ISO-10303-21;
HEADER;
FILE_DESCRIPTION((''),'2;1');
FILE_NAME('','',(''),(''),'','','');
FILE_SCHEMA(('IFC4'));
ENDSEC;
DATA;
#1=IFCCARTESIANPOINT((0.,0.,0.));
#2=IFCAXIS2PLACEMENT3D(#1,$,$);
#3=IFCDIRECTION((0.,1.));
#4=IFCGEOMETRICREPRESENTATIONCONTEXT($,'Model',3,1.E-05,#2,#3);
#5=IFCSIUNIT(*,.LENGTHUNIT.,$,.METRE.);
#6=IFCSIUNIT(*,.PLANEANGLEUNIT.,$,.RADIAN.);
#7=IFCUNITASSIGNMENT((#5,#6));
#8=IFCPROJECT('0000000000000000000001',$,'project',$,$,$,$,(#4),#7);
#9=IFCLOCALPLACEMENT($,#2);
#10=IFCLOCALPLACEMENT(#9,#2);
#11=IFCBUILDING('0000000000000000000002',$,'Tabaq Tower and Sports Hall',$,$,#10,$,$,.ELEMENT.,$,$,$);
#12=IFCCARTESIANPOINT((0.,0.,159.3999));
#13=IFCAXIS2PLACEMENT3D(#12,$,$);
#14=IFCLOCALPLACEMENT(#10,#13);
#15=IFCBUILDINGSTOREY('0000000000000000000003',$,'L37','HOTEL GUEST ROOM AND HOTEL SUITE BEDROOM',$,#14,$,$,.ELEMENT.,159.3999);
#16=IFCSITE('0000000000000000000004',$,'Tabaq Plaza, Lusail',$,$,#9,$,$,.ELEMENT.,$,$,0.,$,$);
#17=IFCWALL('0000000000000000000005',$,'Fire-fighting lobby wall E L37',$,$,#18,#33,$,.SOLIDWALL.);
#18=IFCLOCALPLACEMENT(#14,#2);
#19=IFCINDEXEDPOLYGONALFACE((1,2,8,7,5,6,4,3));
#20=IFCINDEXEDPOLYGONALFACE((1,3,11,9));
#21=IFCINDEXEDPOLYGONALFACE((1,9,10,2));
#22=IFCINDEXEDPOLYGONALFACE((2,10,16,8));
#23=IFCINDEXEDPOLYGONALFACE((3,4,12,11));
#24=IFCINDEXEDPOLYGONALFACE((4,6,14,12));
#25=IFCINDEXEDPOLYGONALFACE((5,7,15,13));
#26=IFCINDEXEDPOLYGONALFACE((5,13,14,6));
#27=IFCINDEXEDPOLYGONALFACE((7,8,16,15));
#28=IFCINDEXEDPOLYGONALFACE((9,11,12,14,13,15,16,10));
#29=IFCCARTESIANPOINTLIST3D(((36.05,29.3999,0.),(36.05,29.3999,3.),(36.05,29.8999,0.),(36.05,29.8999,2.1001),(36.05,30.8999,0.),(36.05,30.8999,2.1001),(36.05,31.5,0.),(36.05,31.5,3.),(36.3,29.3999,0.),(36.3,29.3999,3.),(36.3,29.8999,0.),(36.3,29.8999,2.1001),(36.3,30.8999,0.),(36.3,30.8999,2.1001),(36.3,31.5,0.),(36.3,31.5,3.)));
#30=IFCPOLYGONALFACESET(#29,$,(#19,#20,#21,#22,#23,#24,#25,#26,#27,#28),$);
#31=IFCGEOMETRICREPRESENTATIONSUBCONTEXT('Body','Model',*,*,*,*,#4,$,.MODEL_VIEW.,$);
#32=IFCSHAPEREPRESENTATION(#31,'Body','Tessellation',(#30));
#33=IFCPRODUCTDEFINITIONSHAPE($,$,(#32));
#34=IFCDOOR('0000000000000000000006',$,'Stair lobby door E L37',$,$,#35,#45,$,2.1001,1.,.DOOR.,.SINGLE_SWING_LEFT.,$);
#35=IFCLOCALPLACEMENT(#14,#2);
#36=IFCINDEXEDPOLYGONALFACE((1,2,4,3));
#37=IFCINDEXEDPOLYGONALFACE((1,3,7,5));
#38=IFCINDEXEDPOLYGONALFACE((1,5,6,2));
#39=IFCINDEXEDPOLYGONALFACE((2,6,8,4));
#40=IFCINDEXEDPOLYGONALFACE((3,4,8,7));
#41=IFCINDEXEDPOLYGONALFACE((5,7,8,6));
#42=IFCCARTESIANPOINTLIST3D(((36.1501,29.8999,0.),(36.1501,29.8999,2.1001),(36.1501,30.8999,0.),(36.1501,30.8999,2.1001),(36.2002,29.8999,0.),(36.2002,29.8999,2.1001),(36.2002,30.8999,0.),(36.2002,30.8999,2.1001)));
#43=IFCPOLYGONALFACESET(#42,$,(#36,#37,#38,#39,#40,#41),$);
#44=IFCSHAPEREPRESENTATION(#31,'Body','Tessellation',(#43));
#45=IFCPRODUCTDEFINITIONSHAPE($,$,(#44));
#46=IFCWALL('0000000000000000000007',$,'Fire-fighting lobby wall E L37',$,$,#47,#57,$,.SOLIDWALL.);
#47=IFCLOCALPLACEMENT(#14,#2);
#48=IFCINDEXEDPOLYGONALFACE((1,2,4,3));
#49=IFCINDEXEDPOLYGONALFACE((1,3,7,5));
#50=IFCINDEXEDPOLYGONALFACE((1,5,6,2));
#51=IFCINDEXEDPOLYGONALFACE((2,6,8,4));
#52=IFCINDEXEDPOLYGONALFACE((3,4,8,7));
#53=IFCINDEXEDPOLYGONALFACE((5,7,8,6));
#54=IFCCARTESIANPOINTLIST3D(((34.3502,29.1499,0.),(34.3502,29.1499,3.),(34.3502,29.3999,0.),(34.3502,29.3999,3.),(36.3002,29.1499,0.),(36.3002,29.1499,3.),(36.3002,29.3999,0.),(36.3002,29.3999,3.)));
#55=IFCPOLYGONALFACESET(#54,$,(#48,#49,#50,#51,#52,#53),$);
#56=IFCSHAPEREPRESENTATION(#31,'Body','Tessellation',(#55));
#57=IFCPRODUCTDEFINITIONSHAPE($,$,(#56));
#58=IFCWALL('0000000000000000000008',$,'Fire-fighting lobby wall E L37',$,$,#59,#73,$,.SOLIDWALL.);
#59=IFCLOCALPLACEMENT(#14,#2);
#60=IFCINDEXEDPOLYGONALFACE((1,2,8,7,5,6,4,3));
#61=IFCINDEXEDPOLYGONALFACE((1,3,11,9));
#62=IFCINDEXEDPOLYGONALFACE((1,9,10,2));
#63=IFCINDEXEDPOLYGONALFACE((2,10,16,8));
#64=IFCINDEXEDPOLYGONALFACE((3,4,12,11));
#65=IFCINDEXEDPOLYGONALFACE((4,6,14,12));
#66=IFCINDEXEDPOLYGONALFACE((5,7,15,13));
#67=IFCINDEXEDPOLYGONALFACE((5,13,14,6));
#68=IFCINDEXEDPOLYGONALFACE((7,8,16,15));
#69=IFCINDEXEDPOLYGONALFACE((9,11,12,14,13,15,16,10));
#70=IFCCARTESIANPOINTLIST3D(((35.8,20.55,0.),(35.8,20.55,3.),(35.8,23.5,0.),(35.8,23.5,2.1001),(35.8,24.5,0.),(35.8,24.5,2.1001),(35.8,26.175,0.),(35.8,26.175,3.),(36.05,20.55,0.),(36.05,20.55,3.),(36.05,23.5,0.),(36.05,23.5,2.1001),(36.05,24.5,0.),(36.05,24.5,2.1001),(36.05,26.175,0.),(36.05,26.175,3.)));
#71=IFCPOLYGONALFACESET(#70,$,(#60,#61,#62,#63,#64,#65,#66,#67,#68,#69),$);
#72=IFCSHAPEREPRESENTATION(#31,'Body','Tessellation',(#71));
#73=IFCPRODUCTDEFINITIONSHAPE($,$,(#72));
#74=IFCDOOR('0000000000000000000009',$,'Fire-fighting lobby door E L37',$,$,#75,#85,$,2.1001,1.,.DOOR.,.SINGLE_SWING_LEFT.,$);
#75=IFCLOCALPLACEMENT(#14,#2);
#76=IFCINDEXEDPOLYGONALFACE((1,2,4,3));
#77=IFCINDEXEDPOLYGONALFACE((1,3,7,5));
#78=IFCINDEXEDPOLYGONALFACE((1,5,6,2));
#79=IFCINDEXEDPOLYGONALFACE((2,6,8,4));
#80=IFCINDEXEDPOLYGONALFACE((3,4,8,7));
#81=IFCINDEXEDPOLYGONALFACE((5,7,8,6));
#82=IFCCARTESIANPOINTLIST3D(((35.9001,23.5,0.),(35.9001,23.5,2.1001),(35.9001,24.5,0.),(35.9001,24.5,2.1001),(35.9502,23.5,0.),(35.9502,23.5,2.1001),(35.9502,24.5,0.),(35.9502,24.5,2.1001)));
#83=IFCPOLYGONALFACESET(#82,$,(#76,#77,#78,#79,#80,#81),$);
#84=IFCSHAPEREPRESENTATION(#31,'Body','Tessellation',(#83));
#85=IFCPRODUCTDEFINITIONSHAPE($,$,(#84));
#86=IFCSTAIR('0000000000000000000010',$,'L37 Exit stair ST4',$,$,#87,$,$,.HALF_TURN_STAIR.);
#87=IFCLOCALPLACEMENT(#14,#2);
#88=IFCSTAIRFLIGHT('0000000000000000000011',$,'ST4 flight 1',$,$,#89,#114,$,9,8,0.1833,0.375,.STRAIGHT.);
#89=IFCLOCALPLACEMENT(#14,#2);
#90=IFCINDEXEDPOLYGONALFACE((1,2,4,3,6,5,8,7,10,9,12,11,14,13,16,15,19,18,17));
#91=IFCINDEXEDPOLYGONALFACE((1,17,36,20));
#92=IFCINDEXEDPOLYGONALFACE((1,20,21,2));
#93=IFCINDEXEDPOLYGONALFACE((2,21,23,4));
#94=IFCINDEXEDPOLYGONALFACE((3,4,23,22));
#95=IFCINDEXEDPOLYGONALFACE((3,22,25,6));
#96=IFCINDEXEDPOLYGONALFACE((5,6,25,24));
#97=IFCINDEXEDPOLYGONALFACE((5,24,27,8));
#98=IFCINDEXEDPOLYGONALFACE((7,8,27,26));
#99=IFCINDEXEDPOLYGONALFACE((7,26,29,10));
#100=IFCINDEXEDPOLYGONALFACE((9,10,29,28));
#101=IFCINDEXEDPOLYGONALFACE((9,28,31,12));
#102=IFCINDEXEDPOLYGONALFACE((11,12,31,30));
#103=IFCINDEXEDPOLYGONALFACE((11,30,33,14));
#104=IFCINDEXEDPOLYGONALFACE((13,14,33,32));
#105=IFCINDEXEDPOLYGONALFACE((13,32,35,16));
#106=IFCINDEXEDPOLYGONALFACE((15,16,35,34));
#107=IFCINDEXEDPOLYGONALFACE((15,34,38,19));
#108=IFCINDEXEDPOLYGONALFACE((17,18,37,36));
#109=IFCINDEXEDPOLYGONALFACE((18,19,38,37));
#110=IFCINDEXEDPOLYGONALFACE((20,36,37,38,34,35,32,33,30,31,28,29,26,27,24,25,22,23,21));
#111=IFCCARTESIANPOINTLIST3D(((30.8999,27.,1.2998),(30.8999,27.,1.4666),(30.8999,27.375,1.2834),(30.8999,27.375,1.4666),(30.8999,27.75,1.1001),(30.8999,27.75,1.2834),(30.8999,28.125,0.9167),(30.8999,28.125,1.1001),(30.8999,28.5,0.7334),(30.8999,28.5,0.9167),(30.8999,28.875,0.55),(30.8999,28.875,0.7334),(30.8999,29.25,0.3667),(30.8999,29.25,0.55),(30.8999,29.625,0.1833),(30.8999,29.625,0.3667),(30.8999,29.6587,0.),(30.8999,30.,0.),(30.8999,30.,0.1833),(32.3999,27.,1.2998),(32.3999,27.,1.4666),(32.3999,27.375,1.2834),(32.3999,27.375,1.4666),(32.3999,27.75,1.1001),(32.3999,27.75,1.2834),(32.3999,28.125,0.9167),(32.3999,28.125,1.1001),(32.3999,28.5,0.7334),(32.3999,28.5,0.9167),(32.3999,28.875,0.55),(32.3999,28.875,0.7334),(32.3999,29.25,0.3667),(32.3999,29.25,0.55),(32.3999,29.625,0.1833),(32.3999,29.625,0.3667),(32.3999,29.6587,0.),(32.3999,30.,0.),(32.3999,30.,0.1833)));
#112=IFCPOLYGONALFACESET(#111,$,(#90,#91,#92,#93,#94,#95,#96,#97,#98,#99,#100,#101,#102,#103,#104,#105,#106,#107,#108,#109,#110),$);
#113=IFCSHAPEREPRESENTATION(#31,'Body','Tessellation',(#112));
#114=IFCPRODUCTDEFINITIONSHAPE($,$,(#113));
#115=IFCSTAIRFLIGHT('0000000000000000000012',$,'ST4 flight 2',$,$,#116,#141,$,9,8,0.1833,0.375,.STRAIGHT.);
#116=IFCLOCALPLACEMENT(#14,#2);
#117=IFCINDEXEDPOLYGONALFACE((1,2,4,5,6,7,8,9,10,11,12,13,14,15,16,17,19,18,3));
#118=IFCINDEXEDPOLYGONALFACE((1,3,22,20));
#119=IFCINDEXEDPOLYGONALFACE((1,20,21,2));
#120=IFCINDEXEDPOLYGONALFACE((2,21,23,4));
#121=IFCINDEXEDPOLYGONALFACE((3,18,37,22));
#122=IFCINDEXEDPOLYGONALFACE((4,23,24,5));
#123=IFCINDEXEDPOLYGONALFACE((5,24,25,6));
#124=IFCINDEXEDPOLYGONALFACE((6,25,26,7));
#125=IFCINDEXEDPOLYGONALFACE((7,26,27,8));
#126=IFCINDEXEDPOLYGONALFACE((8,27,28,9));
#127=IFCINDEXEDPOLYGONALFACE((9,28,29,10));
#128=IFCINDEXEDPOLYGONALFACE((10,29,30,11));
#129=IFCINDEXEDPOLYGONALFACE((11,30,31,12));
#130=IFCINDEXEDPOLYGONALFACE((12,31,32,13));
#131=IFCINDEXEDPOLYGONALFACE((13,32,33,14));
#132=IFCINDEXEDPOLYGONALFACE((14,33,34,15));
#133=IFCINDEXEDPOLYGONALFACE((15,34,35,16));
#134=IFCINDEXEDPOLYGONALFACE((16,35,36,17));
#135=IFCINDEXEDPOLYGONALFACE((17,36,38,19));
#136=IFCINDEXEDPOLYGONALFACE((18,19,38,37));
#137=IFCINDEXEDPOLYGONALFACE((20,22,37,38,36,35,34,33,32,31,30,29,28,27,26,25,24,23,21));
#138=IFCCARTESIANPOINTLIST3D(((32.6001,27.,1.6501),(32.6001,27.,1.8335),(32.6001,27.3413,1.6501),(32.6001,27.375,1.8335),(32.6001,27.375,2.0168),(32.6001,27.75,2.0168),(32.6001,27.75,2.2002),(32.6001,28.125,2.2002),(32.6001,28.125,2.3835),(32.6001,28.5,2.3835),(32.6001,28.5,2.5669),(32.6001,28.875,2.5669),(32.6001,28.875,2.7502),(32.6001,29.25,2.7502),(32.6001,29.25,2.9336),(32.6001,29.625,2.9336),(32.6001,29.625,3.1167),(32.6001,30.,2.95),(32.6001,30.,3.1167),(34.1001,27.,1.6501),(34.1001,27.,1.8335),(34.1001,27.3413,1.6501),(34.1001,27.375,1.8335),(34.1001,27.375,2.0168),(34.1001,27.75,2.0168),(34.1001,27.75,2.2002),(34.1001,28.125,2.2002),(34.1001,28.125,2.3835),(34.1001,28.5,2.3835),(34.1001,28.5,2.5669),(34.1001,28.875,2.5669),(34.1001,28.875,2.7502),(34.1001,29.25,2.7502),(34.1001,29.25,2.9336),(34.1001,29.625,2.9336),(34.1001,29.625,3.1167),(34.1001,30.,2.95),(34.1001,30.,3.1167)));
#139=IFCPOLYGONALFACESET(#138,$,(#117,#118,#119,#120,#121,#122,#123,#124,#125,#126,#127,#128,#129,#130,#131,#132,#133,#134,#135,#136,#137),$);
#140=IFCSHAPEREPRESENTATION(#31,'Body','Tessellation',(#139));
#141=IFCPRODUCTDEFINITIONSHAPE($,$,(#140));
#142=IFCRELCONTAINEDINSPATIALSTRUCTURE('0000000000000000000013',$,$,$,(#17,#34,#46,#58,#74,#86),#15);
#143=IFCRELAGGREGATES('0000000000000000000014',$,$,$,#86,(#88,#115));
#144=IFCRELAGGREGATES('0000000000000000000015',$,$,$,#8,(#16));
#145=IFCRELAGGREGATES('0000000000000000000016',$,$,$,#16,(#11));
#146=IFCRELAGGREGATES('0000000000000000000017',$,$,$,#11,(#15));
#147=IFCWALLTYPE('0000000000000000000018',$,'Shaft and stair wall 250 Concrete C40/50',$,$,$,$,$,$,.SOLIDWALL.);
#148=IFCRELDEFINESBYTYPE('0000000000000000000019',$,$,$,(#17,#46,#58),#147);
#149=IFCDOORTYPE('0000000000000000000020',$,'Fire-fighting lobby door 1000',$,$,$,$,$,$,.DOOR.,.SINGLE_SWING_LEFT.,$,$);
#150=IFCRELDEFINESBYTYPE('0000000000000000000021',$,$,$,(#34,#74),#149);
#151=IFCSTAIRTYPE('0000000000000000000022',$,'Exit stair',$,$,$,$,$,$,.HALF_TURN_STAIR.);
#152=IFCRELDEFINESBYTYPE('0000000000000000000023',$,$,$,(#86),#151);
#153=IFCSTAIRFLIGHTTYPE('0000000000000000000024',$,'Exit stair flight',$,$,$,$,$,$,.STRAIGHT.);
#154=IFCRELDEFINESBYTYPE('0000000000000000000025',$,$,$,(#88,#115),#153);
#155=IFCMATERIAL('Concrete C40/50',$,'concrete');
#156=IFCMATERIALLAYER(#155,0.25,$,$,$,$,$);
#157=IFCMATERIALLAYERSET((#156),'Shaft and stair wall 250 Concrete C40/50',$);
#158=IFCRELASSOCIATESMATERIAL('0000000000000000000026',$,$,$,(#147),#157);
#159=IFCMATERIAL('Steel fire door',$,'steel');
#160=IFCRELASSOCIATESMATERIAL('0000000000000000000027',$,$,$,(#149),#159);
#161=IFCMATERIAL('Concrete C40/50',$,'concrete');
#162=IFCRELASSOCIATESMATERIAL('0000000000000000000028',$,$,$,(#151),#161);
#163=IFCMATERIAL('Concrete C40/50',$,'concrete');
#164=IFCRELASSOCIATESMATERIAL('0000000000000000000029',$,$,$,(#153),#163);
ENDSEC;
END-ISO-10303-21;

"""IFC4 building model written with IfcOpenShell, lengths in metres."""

from ifc_helpers import new_model, si_unit, direction, frame, frame_2d, origin, place, context, subcontext, project, spatial, polyline, rectangle, outline, extrude, material, layer, layer_set, type_object, element, fill, aggregate, save


model = new_model("IFC4")

# Units and contexts
model_context = context("Model", 3, precision=1e-05, world=origin(), true_north=direction((0.0, 1.0)))
body_context = subcontext(model_context, "Body", "Model", "MODEL_VIEW")
ifc_project = project(units=[si_unit("LENGTHUNIT", "METRE"), si_unit("PLANEANGLEUNIT", "RADIAN")], contexts=[model_context])

# Site, building, storey
site_placement = place(None, origin())
site = spatial("IfcSite", under=ifc_project, at=site_placement, Name="Tabaq Plaza, Lusail", CompositionType="ELEMENT", RefElevation=0.0)
building_placement = place(site_placement, origin())
building = spatial("IfcBuilding", under=site, at=building_placement, Name="Tabaq Tower and Sports Hall", CompositionType="ELEMENT")
storey_placement = place(building_placement, frame((0.0, 0.0, 159.3999)))
storey = spatial("IfcBuildingStorey", under=building, at=storey_placement, Name="L37", Description="HOTEL GUEST ROOM AND HOTEL SUITE BEDROOM", CompositionType="ELEMENT", Elevation=159.3999)

# Shared definitions
ifc_material_1 = material(Name="Concrete C40/50", Category="concrete")
ifc_layer_1 = layer(ifc_material_1, 0.25)
ifc_layer_set_1 = layer_set([ifc_layer_1], Name="Shaft and stair wall 250 Concrete C40/50")
wall_type_1 = type_object("IfcWallType", Name="Shaft and stair wall 250 Concrete C40/50", PredefinedType="SOLIDWALL", material=ifc_layer_set_1)

# Wall, opening, door
wall_1_placement = place(storey_placement, frame((36.175, 29.3999, 0.0), z_axis=(0.0, 0.0, 1.0), x_axis=(0.0, 1.0, 0.0)))
wall_1 = element("IfcWall", 1, at=wall_1_placement, inside=storey, type_object=wall_type_1, Name="Fire-fighting lobby wall E L37", PredefinedType="SOLIDWALL", context=body_context, shape_type="SweptSolid", body=[
    extrude(rectangle(XDim=2.1001, YDim=0.25, at=frame_2d((1.05, 0.0))), origin(), (0.0, 0.0, 1.0), 3.0),
])
opening_1_placement = place(wall_1_placement, frame((0.5, 0.0, 0.0)))
opening_1 = element("IfcOpeningElement", 2, at=opening_1_placement, cuts=wall_1, PredefinedType="OPENING", context=body_context, shape_type="SweptSolid", body=[
    extrude(rectangle(XDim=1.0, YDim=2.1001, at=frame_2d((0.5, 1.05))), frame((0.0, 0.125, 0.0), z_axis=(0.0, -1.0, 0.0), x_axis=(1.0, 0.0, 0.0)), (0.0, 0.0, 1.0), 0.25),
])
ifc_material_2 = material(Name="Steel fire door", Category="steel")
door_type_1 = type_object("IfcDoorType", Name="Fire-fighting lobby door 1000", OperationType="SINGLE_SWING_LEFT", PredefinedType="DOOR", material=ifc_material_2)
door_1_placement = place(opening_1_placement, origin())
door_1 = element("IfcDoor", 3, at=door_1_placement, inside=storey, type_object=door_type_1, Name="Stair lobby door E L37", OperationType="SINGLE_SWING_LEFT", OverallHeight=2.1001, OverallWidth=1.0, PredefinedType="DOOR", context=body_context, shape_type="SweptSolid", body=[
    extrude(rectangle(XDim=1.0, YDim=2.1001, at=frame_2d((0.5, 1.05))), frame((0.0, 0.0249, 0.0), z_axis=(0.0, -1.0, 0.0), x_axis=(1.0, 0.0, 0.0)), (0.0, 0.0, 1.0), 0.05),
])
fill(opening_1, door_1)

# Wall
wall_2_placement = place(storey_placement, frame((34.3501, 29.2749, 0.0), z_axis=(0.0, 0.0, 1.0), x_axis=(1.0, 0.0, 0.0)))
element("IfcWall", 4, at=wall_2_placement, inside=storey, type_object=wall_type_1, Name="Fire-fighting lobby wall E L37", PredefinedType="SOLIDWALL", context=body_context, shape_type="SweptSolid", body=[
    extrude(rectangle(XDim=1.95, YDim=0.25, at=frame_2d((0.9751, 0.0))), origin(), (0.0, 0.0, 1.0), 3.0),
])

# Wall, opening, door
wall_3_placement = place(storey_placement, frame((35.925, 20.55, 0.0), z_axis=(0.0, 0.0, 1.0), x_axis=(0.0, 1.0, 0.0)))
wall_3 = element("IfcWall", 5, at=wall_3_placement, inside=storey, type_object=wall_type_1, Name="Fire-fighting lobby wall E L37", PredefinedType="SOLIDWALL", context=body_context, shape_type="SweptSolid", body=[
    extrude(rectangle(XDim=5.625, YDim=0.25, at=frame_2d((2.8125, 0.0))), origin(), (0.0, 0.0, 1.0), 3.0),
])
opening_2_placement = place(wall_3_placement, frame((2.95, 0.0, 0.0)))
opening_2 = element("IfcOpeningElement", 6, at=opening_2_placement, cuts=wall_3, PredefinedType="OPENING", context=body_context, shape_type="SweptSolid", body=[
    extrude(rectangle(XDim=1.0, YDim=2.1001, at=frame_2d((0.5, 1.05))), frame((0.0, 0.125, 0.0), z_axis=(0.0, -1.0, 0.0), x_axis=(1.0, 0.0, 0.0)), (0.0, 0.0, 1.0), 0.25),
])
door_2_placement = place(opening_2_placement, origin())
door_2 = element("IfcDoor", 7, at=door_2_placement, inside=storey, type_object=door_type_1, Name="Fire-fighting lobby door E L37", OperationType="SINGLE_SWING_LEFT", OverallHeight=2.1001, OverallWidth=1.0, PredefinedType="DOOR", context=body_context, shape_type="SweptSolid", body=[
    extrude(rectangle(XDim=1.0, YDim=2.1001, at=frame_2d((0.5, 1.05))), frame((0.0, 0.0249, 0.0), z_axis=(0.0, -1.0, 0.0), x_axis=(1.0, 0.0, 0.0)), (0.0, 0.0, 1.0), 0.05),
])
fill(opening_2, door_2)

# Stair, stair flights
ifc_material_3 = material(Name="Concrete C40/50", Category="concrete")
stair_type = type_object("IfcStairType", Name="Exit stair", PredefinedType="HALF_TURN_STAIR", material=ifc_material_3)
stair_placement = place(storey_placement, origin())
stair = element("IfcStair", 8, at=stair_placement, inside=storey, type_object=stair_type, Name="L37 Exit stair ST4", PredefinedType="HALF_TURN_STAIR")
ifc_material_4 = material(Name="Concrete C40/50", Category="concrete")
stair_flight_type = type_object("IfcStairFlightType", Name="Exit stair flight", PredefinedType="STRAIGHT", material=ifc_material_4)
stair_flight_1_placement = place(storey_placement, frame((31.6499, 30.0, 0.0), z_axis=(0.0, 0.0, 1.0), x_axis=(0.0, -1.0, 0.0)))
stair_flight_1 = element("IfcStairFlight", 9, at=stair_flight_1_placement, type_object=stair_flight_type, Name="ST4 flight 1", NumberOfRisers=9, NumberOfTreads=8, PredefinedType="STRAIGHT", RiserHeight=0.1833, TreadLength=0.375, context=body_context, shape_type="SweptSolid", body=[
    extrude(outline(polyline([(0.0, 0.0), (0.0, 0.1833), (0.375, 0.1833), (0.375, 0.3667), (0.75, 0.3667), (0.75, 0.55), (1.125, 0.55), (1.125, 0.7334), (1.5, 0.7334), (1.5, 0.9167), (1.875, 0.9167), (1.875, 1.1001), (2.25, 1.1001), (2.25, 1.2834), (2.625, 1.2834), (2.625, 1.4666), (3.0, 1.4666), (3.0, 1.6499), (3.0, 1.2998), (0.3413, 0.0), (0.0, 0.0)])), frame((0.0, 0.75, 0.0), z_axis=(0.0, -1.0, 0.0), x_axis=(1.0, 0.0, 0.0)), (0.0, 0.0, 1.0), 1.5),
])
stair_flight_2_placement = place(storey_placement, frame((33.3501, 27.0, 1.6501), z_axis=(0.0, 0.0, 1.0), x_axis=(0.0, 1.0, 0.0)))
stair_flight_2 = element("IfcStairFlight", 10, at=stair_flight_2_placement, type_object=stair_flight_type, Name="ST4 flight 2", NumberOfRisers=9, NumberOfTreads=8, PredefinedType="STRAIGHT", RiserHeight=0.1833, TreadLength=0.375, context=body_context, shape_type="SweptSolid", body=[
    extrude(outline(polyline([(0.0, 0.0), (0.0, 0.1833), (0.375, 0.1833), (0.375, 0.3667), (0.75, 0.3667), (0.75, 0.55), (1.125, 0.55), (1.125, 0.7334), (1.5, 0.7334), (1.5, 0.9167), (1.875, 0.9167), (1.875, 1.1001), (2.25, 1.1001), (2.25, 1.2834), (2.625, 1.2834), (2.625, 1.4666), (3.0, 1.4666), (3.0, 1.6499), (3.0, 1.2998), (0.3413, 0.0), (0.0, 0.0)])), frame((0.0, 0.75, 0.0), z_axis=(0.0, -1.0, 0.0), x_axis=(1.0, 0.0, 0.0)), (0.0, 0.0, 1.0), 1.5),
])
aggregate(stair, [stair_flight_1, stair_flight_2])

save(model, "model.ifc")
